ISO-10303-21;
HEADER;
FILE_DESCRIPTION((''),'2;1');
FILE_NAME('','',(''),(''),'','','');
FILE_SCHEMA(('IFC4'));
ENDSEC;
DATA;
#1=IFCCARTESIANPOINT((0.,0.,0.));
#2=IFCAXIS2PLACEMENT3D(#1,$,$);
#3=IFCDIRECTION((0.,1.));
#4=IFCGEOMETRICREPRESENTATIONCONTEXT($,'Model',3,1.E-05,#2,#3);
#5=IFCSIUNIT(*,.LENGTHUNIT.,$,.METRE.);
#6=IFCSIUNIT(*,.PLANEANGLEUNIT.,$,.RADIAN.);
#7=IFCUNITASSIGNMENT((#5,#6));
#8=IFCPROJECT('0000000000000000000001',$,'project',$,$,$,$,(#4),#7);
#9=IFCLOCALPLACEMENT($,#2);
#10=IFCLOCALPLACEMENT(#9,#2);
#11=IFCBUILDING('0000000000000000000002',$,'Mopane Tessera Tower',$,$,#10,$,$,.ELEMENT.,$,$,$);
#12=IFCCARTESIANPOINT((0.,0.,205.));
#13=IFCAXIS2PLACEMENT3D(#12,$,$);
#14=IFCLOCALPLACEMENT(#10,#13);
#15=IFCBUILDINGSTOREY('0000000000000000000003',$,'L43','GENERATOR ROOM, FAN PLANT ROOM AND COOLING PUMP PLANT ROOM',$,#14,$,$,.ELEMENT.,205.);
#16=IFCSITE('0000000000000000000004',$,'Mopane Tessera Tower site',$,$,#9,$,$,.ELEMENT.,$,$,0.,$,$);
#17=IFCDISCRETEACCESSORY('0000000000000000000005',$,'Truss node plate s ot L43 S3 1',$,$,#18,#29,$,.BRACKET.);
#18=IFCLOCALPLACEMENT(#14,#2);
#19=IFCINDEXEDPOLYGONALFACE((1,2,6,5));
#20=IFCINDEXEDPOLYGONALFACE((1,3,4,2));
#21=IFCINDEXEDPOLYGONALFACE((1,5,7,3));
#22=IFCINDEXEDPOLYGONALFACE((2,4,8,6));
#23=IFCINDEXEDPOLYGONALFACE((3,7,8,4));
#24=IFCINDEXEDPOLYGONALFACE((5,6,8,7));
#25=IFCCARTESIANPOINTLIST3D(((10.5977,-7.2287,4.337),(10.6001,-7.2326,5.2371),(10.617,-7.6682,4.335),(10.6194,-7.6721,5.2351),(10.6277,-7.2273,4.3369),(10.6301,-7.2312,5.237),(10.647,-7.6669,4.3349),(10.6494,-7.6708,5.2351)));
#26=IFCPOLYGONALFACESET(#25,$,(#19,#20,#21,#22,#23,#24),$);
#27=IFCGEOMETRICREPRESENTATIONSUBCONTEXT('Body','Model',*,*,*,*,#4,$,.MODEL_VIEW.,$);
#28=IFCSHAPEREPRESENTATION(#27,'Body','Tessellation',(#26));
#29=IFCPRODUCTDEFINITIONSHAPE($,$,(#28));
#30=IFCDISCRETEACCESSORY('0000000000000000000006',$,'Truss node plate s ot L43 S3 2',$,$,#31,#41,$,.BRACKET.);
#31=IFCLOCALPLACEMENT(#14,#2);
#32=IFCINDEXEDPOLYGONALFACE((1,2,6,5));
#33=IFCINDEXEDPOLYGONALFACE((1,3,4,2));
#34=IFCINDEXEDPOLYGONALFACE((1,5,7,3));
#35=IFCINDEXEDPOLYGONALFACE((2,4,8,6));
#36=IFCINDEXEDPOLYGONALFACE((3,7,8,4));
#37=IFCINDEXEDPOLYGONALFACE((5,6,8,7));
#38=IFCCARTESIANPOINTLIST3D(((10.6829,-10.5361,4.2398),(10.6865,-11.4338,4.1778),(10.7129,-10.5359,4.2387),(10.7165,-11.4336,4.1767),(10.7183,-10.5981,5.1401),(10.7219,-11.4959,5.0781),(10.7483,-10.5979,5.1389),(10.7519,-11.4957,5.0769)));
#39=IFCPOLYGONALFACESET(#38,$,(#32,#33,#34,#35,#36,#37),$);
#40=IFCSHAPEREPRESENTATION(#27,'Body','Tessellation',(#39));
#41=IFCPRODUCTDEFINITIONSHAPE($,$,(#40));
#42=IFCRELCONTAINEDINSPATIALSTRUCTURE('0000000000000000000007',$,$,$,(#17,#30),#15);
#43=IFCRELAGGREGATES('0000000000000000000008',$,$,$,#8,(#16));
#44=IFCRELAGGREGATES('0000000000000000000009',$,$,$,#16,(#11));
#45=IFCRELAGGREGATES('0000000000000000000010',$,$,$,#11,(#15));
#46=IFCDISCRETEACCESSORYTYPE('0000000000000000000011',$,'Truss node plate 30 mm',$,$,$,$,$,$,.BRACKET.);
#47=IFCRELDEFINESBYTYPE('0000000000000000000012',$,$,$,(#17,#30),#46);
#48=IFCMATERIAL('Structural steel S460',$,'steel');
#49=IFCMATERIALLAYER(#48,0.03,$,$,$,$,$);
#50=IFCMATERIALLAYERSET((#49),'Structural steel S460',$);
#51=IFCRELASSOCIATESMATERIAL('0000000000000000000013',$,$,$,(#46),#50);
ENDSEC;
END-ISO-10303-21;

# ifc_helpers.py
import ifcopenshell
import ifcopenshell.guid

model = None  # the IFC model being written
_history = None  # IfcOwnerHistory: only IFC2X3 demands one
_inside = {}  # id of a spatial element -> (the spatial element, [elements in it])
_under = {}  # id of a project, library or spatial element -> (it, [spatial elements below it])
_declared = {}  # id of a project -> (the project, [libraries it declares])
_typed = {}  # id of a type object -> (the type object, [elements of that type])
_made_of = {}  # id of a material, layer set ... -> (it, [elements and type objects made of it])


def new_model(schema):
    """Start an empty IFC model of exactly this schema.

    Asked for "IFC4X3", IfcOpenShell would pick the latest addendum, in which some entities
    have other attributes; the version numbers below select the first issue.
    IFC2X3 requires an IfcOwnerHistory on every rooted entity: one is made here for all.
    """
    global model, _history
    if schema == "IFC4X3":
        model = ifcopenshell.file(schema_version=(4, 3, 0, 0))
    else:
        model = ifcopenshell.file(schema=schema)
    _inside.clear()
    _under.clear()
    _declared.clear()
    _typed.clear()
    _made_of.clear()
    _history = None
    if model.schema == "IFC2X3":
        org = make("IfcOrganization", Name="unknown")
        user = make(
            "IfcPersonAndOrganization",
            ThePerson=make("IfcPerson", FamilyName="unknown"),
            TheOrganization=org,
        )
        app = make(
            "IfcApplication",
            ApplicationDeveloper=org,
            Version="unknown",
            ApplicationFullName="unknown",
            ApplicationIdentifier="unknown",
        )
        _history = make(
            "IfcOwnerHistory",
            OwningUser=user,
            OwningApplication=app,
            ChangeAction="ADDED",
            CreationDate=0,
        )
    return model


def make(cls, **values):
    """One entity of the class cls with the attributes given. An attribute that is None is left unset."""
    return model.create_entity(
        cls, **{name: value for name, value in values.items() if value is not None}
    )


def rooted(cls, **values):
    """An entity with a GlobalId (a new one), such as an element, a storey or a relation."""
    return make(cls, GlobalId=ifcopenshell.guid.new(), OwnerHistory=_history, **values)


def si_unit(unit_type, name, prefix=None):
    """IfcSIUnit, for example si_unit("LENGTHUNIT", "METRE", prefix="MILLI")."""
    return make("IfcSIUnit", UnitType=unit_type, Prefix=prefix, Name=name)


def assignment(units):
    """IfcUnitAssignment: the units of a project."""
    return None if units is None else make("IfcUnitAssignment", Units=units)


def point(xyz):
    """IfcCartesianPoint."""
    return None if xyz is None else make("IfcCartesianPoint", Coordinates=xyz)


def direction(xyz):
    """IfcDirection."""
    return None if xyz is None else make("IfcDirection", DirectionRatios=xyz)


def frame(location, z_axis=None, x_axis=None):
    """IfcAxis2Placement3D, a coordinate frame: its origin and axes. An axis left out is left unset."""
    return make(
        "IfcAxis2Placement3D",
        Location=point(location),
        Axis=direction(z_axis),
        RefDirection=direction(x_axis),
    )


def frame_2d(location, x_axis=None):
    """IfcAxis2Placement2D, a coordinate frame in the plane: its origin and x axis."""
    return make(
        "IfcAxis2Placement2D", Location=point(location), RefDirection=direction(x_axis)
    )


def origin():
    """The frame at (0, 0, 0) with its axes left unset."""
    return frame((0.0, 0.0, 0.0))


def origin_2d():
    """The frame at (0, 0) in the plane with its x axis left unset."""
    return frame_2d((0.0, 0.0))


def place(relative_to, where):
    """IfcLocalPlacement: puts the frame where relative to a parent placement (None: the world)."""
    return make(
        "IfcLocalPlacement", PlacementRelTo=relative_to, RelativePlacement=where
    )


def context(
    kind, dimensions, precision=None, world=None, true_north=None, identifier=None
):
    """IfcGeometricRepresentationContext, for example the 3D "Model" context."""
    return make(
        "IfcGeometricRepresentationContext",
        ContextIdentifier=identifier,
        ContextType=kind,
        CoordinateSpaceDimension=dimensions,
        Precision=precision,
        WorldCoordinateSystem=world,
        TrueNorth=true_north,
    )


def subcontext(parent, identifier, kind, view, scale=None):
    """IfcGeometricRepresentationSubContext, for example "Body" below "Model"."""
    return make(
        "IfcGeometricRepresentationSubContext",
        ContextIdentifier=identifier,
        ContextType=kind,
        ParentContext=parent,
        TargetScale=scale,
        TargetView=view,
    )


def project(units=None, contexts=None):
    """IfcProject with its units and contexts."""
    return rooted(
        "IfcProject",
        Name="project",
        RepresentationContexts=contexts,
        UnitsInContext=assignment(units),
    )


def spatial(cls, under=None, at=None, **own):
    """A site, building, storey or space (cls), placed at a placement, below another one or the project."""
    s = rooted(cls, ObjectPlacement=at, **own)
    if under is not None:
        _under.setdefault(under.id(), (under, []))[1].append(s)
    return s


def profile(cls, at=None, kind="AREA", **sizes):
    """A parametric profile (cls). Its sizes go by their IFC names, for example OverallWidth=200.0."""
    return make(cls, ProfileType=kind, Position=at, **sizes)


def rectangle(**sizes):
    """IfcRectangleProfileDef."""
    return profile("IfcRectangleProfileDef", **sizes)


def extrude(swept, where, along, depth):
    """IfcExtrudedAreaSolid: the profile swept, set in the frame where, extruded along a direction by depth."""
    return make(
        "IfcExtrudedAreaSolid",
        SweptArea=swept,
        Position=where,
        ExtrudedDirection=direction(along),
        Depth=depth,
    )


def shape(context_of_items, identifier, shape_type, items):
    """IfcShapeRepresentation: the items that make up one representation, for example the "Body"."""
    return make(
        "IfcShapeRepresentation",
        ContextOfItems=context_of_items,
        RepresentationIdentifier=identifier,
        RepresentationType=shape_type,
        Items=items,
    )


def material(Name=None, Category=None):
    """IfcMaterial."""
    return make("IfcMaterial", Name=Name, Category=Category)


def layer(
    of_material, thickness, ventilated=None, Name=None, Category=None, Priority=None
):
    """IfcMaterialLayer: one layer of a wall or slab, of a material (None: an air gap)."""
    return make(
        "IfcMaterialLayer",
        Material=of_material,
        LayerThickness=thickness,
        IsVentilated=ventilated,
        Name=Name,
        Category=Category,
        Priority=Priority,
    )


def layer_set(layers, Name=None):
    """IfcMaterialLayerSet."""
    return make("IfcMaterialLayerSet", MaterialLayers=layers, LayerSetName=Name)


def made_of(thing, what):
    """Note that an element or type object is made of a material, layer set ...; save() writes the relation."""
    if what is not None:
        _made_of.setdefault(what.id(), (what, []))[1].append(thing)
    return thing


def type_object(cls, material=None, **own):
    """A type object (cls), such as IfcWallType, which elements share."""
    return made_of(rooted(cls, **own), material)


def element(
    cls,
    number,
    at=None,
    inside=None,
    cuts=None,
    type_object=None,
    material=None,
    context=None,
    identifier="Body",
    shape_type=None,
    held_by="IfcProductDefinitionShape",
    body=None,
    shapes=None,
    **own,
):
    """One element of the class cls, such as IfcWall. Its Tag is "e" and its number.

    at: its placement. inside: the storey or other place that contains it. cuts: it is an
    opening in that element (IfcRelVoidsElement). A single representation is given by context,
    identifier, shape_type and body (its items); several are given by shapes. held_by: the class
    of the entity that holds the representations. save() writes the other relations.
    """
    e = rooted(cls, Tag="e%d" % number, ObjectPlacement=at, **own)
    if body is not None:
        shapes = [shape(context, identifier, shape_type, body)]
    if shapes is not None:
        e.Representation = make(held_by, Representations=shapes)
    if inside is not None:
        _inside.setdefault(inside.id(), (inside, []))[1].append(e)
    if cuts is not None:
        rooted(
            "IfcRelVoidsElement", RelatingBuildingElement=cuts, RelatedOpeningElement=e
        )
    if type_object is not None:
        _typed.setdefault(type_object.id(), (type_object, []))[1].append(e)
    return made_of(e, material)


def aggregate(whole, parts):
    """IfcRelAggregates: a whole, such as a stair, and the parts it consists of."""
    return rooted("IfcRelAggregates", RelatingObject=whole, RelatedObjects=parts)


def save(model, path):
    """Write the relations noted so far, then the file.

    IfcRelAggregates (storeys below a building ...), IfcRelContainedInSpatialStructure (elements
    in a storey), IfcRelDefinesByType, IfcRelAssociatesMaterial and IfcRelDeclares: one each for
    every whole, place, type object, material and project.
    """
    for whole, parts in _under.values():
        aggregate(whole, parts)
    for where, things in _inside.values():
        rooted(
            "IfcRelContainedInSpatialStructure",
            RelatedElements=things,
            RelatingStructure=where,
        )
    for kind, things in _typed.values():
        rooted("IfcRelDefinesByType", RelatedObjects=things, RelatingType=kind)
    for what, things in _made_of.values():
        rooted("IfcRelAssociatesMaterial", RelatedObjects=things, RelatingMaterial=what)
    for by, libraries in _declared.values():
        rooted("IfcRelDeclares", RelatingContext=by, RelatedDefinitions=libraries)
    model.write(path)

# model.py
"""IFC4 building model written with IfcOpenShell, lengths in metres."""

from ifc_helpers import new_model, si_unit, direction, frame, origin, origin_2d, place, context, subcontext, project, spatial, rectangle, extrude, material, layer, layer_set, type_object, element, save


model = new_model("IFC4")

# Units and contexts
model_context = context("Model", 3, precision=1e-05, world=origin(), true_north=direction((0.0, 1.0)))
body_context = subcontext(model_context, "Body", "Model", "MODEL_VIEW")
ifc_project = project(units=[si_unit("LENGTHUNIT", "METRE"), si_unit("PLANEANGLEUNIT", "RADIAN")], contexts=[model_context])

# Site, building, storey
site_placement = place(None, origin())
site = spatial("IfcSite", under=ifc_project, at=site_placement, Name="Mopane Tessera Tower site", CompositionType="ELEMENT", RefElevation=0.0)
building_placement = place(site_placement, origin())
building = spatial("IfcBuilding", under=site, at=building_placement, Name="Mopane Tessera Tower", CompositionType="ELEMENT")
storey_placement = place(building_placement, frame((0.0, 0.0, 205.0)))
storey = spatial("IfcBuildingStorey", under=building, at=storey_placement, Name="L43", Description="GENERATOR ROOM, FAN PLANT ROOM AND COOLING PUMP PLANT ROOM", CompositionType="ELEMENT", Elevation=205.0)

# Discrete accessories
ifc_material_1 = material(Name="Structural steel S460", Category="steel")
ifc_layer_1 = layer(ifc_material_1, 0.03)
ifc_layer_set_1 = layer_set([ifc_layer_1], Name="Structural steel S460")
discrete_accessory_type_1 = type_object("IfcDiscreteAccessoryType", Name="Truss node plate 30 mm", PredefinedType="BRACKET", material=ifc_layer_set_1)
discrete_accessory_1_placement = place(storey_placement, frame((10.6223, -7.4478, 4.3359), z_axis=(0.002712, -0.00434, 0.999987), x_axis=(0.999036, 0.043818, -0.002519)))
element("IfcDiscreteAccessory", 1, at=discrete_accessory_1_placement, inside=storey, type_object=discrete_accessory_type_1, Name="Truss node plate s ot L43 S3 1", PredefinedType="BRACKET", context=body_context, shape_type="SweptSolid", body=[
    extrude(rectangle(XDim=0.03, YDim=0.4399, at=origin_2d()), origin(), (0.0, 0.0, 1.0), 0.9001),
])
discrete_accessory_2_placement = place(storey_placement, frame((10.6997, -10.9849, 4.2083), z_axis=(0.039204, -0.068675, 0.996868), x_axis=(0.999223, 0.006623, -0.038841)))
element("IfcDiscreteAccessory", 2, at=discrete_accessory_2_placement, inside=storey, type_object=discrete_accessory_type_1, Name="Truss node plate s ot L43 S3 2", PredefinedType="BRACKET", context=body_context, shape_type="SweptSolid", body=[
    extrude(rectangle(XDim=0.03, YDim=0.8999, at=origin_2d()), origin(), (0.0, 0.0, 1.0), 0.9031),
])

save(model, "model.ifc")
